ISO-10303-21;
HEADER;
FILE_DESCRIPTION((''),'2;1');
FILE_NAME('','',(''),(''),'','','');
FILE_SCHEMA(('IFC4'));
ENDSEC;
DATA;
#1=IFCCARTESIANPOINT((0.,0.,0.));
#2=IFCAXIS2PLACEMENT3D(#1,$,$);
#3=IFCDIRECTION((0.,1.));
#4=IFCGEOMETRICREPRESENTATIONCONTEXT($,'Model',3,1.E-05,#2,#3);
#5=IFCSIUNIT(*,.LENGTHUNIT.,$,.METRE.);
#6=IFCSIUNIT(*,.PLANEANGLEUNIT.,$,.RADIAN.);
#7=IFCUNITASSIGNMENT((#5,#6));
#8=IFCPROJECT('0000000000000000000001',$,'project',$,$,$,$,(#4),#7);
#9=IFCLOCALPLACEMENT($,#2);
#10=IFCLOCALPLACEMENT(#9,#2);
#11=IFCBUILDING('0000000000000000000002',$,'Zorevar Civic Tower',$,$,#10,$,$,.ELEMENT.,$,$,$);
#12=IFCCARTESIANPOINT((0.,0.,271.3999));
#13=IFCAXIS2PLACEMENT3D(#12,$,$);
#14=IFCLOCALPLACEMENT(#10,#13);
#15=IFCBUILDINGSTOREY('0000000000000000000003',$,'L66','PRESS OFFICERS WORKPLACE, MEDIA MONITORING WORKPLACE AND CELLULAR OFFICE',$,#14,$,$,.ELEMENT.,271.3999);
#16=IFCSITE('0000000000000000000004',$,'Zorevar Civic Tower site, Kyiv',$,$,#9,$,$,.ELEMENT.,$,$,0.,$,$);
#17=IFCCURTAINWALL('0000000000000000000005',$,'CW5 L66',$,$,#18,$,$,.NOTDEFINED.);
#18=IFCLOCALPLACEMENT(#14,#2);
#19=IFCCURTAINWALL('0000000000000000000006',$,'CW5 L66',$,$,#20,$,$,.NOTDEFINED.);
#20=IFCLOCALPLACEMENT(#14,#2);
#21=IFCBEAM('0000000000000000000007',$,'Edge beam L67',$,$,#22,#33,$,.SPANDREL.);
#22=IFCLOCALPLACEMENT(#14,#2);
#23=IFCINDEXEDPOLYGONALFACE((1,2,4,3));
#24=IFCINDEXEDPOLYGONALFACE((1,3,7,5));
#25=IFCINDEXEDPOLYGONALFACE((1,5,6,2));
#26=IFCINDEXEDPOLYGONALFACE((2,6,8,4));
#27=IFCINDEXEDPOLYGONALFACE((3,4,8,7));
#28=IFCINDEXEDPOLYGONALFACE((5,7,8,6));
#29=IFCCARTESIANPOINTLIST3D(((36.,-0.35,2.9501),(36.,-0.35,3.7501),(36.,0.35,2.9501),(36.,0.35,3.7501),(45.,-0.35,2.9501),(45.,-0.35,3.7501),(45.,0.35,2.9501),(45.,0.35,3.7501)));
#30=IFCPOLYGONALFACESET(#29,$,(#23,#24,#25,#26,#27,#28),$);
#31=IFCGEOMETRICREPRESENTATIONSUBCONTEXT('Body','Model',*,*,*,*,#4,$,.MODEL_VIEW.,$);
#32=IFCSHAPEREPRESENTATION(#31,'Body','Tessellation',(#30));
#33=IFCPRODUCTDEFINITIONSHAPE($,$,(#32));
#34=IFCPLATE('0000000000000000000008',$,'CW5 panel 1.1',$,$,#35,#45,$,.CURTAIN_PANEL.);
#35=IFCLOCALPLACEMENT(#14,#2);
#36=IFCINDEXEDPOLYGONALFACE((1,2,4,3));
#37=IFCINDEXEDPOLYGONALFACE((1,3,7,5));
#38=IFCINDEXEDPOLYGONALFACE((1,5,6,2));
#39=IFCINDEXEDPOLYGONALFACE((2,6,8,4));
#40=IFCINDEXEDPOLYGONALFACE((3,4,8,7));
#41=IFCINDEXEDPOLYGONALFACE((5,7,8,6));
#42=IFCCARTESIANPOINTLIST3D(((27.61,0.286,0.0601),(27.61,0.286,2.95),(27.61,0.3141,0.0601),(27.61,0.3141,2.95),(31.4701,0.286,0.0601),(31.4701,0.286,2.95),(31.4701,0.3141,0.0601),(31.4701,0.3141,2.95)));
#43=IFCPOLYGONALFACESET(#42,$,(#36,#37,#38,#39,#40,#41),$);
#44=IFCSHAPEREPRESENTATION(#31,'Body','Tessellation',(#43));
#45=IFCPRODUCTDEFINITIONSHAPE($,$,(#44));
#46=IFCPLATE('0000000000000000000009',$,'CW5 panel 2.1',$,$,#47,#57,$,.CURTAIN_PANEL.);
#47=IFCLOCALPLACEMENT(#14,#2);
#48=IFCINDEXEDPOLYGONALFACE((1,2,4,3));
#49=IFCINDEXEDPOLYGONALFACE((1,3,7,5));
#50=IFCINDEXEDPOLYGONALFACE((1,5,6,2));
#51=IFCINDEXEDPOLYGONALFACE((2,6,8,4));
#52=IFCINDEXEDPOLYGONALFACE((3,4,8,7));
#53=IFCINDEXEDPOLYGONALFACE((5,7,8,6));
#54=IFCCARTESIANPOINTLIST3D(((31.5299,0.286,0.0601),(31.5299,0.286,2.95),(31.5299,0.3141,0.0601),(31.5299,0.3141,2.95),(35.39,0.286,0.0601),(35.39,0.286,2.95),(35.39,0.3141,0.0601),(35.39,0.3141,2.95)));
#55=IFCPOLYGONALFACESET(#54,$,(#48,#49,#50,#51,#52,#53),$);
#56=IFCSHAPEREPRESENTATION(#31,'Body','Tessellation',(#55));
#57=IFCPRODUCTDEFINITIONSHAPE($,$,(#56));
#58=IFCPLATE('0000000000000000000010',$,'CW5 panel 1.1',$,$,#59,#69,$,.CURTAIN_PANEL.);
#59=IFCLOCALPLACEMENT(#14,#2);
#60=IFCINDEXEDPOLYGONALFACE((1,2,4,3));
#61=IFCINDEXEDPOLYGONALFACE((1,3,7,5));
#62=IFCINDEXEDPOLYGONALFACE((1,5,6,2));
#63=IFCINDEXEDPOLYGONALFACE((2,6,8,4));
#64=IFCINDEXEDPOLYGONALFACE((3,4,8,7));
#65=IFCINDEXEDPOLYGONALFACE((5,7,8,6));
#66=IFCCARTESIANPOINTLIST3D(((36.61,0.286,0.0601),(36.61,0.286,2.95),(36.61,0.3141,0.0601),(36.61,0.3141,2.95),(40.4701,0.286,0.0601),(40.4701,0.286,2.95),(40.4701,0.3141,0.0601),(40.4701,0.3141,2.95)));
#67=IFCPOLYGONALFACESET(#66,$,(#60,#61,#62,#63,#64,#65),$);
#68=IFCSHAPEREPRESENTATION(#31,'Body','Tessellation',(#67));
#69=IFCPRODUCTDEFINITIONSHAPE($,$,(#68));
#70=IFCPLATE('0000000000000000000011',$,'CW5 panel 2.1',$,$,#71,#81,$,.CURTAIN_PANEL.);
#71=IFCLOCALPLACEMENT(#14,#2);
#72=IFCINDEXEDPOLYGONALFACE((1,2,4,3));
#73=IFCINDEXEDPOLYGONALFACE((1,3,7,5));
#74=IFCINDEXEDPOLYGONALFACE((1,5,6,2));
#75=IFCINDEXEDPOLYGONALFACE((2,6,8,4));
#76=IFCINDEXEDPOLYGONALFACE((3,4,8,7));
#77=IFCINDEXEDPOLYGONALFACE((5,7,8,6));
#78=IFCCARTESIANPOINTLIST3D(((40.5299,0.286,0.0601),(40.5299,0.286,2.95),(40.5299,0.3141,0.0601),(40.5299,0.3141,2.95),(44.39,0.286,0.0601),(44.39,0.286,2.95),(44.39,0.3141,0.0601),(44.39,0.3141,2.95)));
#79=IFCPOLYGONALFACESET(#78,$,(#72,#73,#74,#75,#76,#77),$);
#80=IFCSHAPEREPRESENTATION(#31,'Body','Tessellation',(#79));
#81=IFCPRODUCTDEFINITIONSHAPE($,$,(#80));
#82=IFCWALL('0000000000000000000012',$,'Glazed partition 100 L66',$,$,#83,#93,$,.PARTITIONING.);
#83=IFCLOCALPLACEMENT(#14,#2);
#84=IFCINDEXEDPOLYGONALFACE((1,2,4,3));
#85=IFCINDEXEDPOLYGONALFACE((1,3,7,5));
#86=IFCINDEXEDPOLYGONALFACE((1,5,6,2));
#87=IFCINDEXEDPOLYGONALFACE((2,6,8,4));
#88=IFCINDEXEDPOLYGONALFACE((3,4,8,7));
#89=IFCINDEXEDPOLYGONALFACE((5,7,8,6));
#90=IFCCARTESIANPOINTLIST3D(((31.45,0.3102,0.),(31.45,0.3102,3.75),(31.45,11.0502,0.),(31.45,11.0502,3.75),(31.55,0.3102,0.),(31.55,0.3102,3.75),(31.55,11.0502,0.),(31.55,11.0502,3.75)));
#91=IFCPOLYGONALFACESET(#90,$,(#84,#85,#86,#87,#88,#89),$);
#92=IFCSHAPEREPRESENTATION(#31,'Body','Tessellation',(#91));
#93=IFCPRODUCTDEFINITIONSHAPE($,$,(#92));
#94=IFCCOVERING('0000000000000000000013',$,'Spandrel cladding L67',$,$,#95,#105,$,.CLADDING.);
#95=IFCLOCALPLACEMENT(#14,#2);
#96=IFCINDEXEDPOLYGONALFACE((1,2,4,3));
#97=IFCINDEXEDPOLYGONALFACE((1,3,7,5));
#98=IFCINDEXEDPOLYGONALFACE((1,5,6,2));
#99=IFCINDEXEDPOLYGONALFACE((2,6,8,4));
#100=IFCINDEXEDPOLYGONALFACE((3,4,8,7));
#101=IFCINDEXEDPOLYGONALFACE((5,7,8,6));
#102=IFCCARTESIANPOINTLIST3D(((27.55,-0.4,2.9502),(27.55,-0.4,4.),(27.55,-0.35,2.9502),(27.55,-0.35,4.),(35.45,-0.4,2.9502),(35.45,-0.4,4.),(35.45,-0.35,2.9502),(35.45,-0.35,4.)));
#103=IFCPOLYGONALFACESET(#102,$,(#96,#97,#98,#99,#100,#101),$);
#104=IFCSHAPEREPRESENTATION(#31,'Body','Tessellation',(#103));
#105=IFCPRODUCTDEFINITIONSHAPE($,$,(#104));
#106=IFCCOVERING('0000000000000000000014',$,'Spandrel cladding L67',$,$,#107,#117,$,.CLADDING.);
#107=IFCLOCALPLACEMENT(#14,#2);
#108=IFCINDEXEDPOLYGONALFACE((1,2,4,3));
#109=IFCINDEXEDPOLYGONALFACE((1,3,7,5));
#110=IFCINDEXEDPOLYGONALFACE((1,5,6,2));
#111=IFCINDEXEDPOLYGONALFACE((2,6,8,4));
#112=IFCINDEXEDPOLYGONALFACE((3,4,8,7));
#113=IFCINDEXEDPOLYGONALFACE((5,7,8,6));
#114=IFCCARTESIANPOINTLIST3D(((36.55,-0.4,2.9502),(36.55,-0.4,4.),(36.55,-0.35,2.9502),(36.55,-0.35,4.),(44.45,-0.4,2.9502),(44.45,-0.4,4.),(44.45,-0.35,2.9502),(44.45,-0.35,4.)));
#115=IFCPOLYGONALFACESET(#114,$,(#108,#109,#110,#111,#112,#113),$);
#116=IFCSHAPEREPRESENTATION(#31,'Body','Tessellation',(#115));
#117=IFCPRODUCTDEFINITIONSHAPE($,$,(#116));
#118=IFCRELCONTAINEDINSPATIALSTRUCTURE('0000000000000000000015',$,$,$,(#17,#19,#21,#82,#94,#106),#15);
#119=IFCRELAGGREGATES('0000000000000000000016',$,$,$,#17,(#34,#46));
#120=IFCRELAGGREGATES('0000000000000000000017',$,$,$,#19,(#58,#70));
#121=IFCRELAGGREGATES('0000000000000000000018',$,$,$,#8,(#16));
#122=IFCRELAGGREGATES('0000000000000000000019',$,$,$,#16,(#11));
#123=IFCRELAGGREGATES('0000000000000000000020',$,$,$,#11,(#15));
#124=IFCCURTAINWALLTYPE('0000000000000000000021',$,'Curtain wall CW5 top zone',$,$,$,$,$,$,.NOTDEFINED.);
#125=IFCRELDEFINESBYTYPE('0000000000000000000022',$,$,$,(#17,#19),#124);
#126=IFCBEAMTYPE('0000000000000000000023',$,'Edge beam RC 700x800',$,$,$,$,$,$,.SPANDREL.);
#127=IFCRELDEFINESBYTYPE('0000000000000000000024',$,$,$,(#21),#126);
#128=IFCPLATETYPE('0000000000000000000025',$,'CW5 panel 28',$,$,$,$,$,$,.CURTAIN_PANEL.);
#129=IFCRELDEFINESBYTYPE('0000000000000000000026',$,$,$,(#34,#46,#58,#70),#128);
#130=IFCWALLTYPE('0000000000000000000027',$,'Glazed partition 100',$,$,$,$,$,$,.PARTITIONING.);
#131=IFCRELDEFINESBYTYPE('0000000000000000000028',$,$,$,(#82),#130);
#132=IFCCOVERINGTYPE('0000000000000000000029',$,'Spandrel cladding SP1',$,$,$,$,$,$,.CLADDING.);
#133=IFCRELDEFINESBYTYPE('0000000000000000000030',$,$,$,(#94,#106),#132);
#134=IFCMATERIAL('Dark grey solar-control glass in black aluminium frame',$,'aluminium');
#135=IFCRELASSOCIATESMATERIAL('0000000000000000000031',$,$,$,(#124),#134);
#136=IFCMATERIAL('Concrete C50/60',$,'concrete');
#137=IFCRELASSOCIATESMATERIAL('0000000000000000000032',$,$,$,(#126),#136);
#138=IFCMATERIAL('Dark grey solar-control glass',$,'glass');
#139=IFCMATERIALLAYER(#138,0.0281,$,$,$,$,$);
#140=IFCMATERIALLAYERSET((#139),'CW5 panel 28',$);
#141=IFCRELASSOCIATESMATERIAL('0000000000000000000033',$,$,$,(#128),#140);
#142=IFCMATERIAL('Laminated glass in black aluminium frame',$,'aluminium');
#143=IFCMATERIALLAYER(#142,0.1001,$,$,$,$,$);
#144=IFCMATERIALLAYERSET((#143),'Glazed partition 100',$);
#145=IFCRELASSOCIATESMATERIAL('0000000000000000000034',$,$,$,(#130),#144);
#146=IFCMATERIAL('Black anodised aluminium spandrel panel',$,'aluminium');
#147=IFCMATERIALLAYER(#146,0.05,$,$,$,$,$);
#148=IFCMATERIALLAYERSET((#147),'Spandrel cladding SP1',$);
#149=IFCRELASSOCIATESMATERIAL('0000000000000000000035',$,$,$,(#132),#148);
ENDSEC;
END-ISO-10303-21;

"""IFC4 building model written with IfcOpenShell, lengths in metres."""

from ifc_helpers import new_model, si_unit, direction, frame, frame_2d, origin, origin_2d, place, context, subcontext, project, spatial, rectangle, extrude, material, layer, layer_set, material_profile, profile_set, type_object, element, aggregate, save


model = new_model("IFC4")

# Units and contexts
model_context = context("Model", 3, precision=1e-05, world=origin(), true_north=direction((0.0, 1.0)))
body_context = subcontext(model_context, "Body", "Model", "MODEL_VIEW")
ifc_project = project(units=[si_unit("LENGTHUNIT", "METRE"), si_unit("PLANEANGLEUNIT", "RADIAN")], contexts=[model_context])

# Site, building, storey
site_placement = place(None, origin())
site = spatial("IfcSite", under=ifc_project, at=site_placement, Name="Zorevar Civic Tower site, Kyiv", CompositionType="ELEMENT", RefElevation=0.0)
building_placement = place(site_placement, origin())
building = spatial("IfcBuilding", under=site, at=building_placement, Name="Zorevar Civic Tower", CompositionType="ELEMENT")
storey_placement = place(building_placement, frame((0.0, 0.0, 271.3999)))
storey = spatial("IfcBuildingStorey", under=building, at=storey_placement, Name="L66", Description="PRESS OFFICERS WORKPLACE, MEDIA MONITORING WORKPLACE AND CELLULAR OFFICE", CompositionType="ELEMENT", Elevation=271.3999)

# Curtain walls
ifc_material_1 = material(Name="Dark grey solar-control glass in black aluminium frame", Category="aluminium")
curtain_wall_type = type_object("IfcCurtainWallType", Name="Curtain wall CW5 top zone", PredefinedType="NOTDEFINED", material=ifc_material_1)
curtain_wall_1_placement = place(storey_placement, origin())
curtain_wall_1 = element("IfcCurtainWall", 1, at=curtain_wall_1_placement, inside=storey, type_object=curtain_wall_type, Name="CW5 L66", PredefinedType="NOTDEFINED")
curtain_wall_2_placement = place(storey_placement, origin())
curtain_wall_2 = element("IfcCurtainWall", 2, at=curtain_wall_2_placement, inside=storey, type_object=curtain_wall_type, Name="CW5 L66", PredefinedType="NOTDEFINED")

# Beam
ifc_material_2 = material(Name="Concrete C50/60", Category="concrete")
ifc_material_profile_1 = material_profile(ifc_material_2, rectangle(XDim=0.7, YDim=0.8, at=origin_2d()), Name="RC 700x800")
ifc_profile_set_1 = profile_set([ifc_material_profile_1], Name="Concrete C50/60")
beam_type_1 = type_object("IfcBeamType", Name="Edge beam RC 700x800", PredefinedType="SPANDREL", material=ifc_profile_set_1)
beam_placement = place(storey_placement, frame((36.0, 0.0, 3.3501), z_axis=(1.0, 0.0, 0.0), x_axis=(0.0, 1.0, 0.0)))
element("IfcBeam", 3, at=beam_placement, inside=storey, type_object=beam_type_1, Name="Edge beam L67", PredefinedType="SPANDREL", context=body_context, shape_type="SweptSolid", body=[
    extrude(rectangle(XDim=0.7, YDim=0.8, at=origin_2d()), origin(), (0.0, 0.0, 1.0), 9.0),
])

# Plates
ifc_material_3 = material(Name="Dark grey solar-control glass", Category="glass")
ifc_layer_1 = layer(ifc_material_3, 0.0281)
ifc_layer_set_1 = layer_set([ifc_layer_1], Name="CW5 panel 28")
plate_type = type_object("IfcPlateType", Name="CW5 panel 28", PredefinedType="CURTAIN_PANEL", material=ifc_layer_set_1)
plate_1_placement = place(storey_placement, frame((29.54, 0.3, 0.0601), z_axis=(0.0, 0.0, 1.0), x_axis=(1.0, 0.0, 0.0)))
plate_1 = element("IfcPlate", 4, at=plate_1_placement, type_object=plate_type, Name="CW5 panel 1.1", PredefinedType="CURTAIN_PANEL", context=body_context, shape_type="SweptSolid", body=[
    extrude(rectangle(XDim=3.8601, YDim=0.0281, at=origin_2d()), origin(), (0.0, 0.0, 1.0), 2.8899),
])
plate_2_placement = place(storey_placement, frame((33.46, 0.3, 0.0601), z_axis=(0.0, 0.0, 1.0), x_axis=(1.0, 0.0, 0.0)))
plate_2 = element("IfcPlate", 5, at=plate_2_placement, type_object=plate_type, Name="CW5 panel 2.1", PredefinedType="CURTAIN_PANEL", context=body_context, shape_type="SweptSolid", body=[
    extrude(rectangle(XDim=3.8601, YDim=0.0281, at=origin_2d()), origin(), (0.0, 0.0, 1.0), 2.8899),
])
aggregate(curtain_wall_1, [plate_1, plate_2])
plate_3_placement = place(storey_placement, frame((38.54, 0.3, 0.0601), z_axis=(0.0, 0.0, 1.0), x_axis=(1.0, 0.0, 0.0)))
plate_3 = element("IfcPlate", 6, at=plate_3_placement, type_object=plate_type, Name="CW5 panel 1.1", PredefinedType="CURTAIN_PANEL", context=body_context, shape_type="SweptSolid", body=[
    extrude(rectangle(XDim=3.8601, YDim=0.0281, at=origin_2d()), origin(), (0.0, 0.0, 1.0), 2.8899),
])
plate_4_placement = place(storey_placement, frame((42.46, 0.3, 0.0601), z_axis=(0.0, 0.0, 1.0), x_axis=(1.0, 0.0, 0.0)))
plate_4 = element("IfcPlate", 7, at=plate_4_placement, type_object=plate_type, Name="CW5 panel 2.1", PredefinedType="CURTAIN_PANEL", context=body_context, shape_type="SweptSolid", body=[
    extrude(rectangle(XDim=3.8601, YDim=0.0281, at=origin_2d()), origin(), (0.0, 0.0, 1.0), 2.8899),
])
aggregate(curtain_wall_2, [plate_3, plate_4])

# Wall
ifc_material_4 = material(Name="Laminated glass in black aluminium frame", Category="aluminium")
ifc_layer_2 = layer(ifc_material_4, 0.1001)
ifc_layer_set_2 = layer_set([ifc_layer_2], Name="Glazed partition 100")
wall_type = type_object("IfcWallType", Name="Glazed partition 100", PredefinedType="PARTITIONING", material=ifc_layer_set_2)
wall_placement = place(storey_placement, frame((31.5, 0.3101, 0.0), z_axis=(0.0, 0.0, 1.0), x_axis=(0.0, 1.0, 0.0)))
element("IfcWall", 8, at=wall_placement, inside=storey, type_object=wall_type, Name="Glazed partition 100 L66", PredefinedType="PARTITIONING", context=body_context, shape_type="SweptSolid", body=[
    extrude(rectangle(XDim=10.74, YDim=0.1001, at=frame_2d((5.3701, 0.0))), origin(), (0.0, 0.0, 1.0), 3.75),
])

# Coverings
ifc_material_5 = material(Name="Black anodised aluminium spandrel panel", Category="aluminium")
ifc_layer_3 = layer(ifc_material_5, 0.05)
ifc_layer_set_3 = layer_set([ifc_layer_3], Name="Spandrel cladding SP1")
covering_type = type_object("IfcCoveringType", Name="Spandrel cladding SP1", PredefinedType="CLADDING", material=ifc_layer_set_3)
for number, where, z_axis, x_axis, name in (
    (9, (27.55, -0.375, 2.9502), (0.0, 0.0, 1.0), (1.0, 0.0, 0.0), "Spandrel cladding L67"),
    (10, (36.55, -0.375, 2.9502), (0.0, 0.0, 1.0), (1.0, 0.0, 0.0), "Spandrel cladding L67"),
):
    element("IfcCovering", number, at=place(storey_placement, frame(where, z_axis=z_axis, x_axis=x_axis)), inside=storey, type_object=covering_type, Name=name, PredefinedType="CLADDING", context=body_context, shape_type="SweptSolid", body=[
        extrude(rectangle(XDim=7.8999, YDim=0.05, at=frame_2d((3.95, 0.0))), origin(), (0.0, 0.0, 1.0), 1.0498),
    ])

save(model, "model.ifc")
